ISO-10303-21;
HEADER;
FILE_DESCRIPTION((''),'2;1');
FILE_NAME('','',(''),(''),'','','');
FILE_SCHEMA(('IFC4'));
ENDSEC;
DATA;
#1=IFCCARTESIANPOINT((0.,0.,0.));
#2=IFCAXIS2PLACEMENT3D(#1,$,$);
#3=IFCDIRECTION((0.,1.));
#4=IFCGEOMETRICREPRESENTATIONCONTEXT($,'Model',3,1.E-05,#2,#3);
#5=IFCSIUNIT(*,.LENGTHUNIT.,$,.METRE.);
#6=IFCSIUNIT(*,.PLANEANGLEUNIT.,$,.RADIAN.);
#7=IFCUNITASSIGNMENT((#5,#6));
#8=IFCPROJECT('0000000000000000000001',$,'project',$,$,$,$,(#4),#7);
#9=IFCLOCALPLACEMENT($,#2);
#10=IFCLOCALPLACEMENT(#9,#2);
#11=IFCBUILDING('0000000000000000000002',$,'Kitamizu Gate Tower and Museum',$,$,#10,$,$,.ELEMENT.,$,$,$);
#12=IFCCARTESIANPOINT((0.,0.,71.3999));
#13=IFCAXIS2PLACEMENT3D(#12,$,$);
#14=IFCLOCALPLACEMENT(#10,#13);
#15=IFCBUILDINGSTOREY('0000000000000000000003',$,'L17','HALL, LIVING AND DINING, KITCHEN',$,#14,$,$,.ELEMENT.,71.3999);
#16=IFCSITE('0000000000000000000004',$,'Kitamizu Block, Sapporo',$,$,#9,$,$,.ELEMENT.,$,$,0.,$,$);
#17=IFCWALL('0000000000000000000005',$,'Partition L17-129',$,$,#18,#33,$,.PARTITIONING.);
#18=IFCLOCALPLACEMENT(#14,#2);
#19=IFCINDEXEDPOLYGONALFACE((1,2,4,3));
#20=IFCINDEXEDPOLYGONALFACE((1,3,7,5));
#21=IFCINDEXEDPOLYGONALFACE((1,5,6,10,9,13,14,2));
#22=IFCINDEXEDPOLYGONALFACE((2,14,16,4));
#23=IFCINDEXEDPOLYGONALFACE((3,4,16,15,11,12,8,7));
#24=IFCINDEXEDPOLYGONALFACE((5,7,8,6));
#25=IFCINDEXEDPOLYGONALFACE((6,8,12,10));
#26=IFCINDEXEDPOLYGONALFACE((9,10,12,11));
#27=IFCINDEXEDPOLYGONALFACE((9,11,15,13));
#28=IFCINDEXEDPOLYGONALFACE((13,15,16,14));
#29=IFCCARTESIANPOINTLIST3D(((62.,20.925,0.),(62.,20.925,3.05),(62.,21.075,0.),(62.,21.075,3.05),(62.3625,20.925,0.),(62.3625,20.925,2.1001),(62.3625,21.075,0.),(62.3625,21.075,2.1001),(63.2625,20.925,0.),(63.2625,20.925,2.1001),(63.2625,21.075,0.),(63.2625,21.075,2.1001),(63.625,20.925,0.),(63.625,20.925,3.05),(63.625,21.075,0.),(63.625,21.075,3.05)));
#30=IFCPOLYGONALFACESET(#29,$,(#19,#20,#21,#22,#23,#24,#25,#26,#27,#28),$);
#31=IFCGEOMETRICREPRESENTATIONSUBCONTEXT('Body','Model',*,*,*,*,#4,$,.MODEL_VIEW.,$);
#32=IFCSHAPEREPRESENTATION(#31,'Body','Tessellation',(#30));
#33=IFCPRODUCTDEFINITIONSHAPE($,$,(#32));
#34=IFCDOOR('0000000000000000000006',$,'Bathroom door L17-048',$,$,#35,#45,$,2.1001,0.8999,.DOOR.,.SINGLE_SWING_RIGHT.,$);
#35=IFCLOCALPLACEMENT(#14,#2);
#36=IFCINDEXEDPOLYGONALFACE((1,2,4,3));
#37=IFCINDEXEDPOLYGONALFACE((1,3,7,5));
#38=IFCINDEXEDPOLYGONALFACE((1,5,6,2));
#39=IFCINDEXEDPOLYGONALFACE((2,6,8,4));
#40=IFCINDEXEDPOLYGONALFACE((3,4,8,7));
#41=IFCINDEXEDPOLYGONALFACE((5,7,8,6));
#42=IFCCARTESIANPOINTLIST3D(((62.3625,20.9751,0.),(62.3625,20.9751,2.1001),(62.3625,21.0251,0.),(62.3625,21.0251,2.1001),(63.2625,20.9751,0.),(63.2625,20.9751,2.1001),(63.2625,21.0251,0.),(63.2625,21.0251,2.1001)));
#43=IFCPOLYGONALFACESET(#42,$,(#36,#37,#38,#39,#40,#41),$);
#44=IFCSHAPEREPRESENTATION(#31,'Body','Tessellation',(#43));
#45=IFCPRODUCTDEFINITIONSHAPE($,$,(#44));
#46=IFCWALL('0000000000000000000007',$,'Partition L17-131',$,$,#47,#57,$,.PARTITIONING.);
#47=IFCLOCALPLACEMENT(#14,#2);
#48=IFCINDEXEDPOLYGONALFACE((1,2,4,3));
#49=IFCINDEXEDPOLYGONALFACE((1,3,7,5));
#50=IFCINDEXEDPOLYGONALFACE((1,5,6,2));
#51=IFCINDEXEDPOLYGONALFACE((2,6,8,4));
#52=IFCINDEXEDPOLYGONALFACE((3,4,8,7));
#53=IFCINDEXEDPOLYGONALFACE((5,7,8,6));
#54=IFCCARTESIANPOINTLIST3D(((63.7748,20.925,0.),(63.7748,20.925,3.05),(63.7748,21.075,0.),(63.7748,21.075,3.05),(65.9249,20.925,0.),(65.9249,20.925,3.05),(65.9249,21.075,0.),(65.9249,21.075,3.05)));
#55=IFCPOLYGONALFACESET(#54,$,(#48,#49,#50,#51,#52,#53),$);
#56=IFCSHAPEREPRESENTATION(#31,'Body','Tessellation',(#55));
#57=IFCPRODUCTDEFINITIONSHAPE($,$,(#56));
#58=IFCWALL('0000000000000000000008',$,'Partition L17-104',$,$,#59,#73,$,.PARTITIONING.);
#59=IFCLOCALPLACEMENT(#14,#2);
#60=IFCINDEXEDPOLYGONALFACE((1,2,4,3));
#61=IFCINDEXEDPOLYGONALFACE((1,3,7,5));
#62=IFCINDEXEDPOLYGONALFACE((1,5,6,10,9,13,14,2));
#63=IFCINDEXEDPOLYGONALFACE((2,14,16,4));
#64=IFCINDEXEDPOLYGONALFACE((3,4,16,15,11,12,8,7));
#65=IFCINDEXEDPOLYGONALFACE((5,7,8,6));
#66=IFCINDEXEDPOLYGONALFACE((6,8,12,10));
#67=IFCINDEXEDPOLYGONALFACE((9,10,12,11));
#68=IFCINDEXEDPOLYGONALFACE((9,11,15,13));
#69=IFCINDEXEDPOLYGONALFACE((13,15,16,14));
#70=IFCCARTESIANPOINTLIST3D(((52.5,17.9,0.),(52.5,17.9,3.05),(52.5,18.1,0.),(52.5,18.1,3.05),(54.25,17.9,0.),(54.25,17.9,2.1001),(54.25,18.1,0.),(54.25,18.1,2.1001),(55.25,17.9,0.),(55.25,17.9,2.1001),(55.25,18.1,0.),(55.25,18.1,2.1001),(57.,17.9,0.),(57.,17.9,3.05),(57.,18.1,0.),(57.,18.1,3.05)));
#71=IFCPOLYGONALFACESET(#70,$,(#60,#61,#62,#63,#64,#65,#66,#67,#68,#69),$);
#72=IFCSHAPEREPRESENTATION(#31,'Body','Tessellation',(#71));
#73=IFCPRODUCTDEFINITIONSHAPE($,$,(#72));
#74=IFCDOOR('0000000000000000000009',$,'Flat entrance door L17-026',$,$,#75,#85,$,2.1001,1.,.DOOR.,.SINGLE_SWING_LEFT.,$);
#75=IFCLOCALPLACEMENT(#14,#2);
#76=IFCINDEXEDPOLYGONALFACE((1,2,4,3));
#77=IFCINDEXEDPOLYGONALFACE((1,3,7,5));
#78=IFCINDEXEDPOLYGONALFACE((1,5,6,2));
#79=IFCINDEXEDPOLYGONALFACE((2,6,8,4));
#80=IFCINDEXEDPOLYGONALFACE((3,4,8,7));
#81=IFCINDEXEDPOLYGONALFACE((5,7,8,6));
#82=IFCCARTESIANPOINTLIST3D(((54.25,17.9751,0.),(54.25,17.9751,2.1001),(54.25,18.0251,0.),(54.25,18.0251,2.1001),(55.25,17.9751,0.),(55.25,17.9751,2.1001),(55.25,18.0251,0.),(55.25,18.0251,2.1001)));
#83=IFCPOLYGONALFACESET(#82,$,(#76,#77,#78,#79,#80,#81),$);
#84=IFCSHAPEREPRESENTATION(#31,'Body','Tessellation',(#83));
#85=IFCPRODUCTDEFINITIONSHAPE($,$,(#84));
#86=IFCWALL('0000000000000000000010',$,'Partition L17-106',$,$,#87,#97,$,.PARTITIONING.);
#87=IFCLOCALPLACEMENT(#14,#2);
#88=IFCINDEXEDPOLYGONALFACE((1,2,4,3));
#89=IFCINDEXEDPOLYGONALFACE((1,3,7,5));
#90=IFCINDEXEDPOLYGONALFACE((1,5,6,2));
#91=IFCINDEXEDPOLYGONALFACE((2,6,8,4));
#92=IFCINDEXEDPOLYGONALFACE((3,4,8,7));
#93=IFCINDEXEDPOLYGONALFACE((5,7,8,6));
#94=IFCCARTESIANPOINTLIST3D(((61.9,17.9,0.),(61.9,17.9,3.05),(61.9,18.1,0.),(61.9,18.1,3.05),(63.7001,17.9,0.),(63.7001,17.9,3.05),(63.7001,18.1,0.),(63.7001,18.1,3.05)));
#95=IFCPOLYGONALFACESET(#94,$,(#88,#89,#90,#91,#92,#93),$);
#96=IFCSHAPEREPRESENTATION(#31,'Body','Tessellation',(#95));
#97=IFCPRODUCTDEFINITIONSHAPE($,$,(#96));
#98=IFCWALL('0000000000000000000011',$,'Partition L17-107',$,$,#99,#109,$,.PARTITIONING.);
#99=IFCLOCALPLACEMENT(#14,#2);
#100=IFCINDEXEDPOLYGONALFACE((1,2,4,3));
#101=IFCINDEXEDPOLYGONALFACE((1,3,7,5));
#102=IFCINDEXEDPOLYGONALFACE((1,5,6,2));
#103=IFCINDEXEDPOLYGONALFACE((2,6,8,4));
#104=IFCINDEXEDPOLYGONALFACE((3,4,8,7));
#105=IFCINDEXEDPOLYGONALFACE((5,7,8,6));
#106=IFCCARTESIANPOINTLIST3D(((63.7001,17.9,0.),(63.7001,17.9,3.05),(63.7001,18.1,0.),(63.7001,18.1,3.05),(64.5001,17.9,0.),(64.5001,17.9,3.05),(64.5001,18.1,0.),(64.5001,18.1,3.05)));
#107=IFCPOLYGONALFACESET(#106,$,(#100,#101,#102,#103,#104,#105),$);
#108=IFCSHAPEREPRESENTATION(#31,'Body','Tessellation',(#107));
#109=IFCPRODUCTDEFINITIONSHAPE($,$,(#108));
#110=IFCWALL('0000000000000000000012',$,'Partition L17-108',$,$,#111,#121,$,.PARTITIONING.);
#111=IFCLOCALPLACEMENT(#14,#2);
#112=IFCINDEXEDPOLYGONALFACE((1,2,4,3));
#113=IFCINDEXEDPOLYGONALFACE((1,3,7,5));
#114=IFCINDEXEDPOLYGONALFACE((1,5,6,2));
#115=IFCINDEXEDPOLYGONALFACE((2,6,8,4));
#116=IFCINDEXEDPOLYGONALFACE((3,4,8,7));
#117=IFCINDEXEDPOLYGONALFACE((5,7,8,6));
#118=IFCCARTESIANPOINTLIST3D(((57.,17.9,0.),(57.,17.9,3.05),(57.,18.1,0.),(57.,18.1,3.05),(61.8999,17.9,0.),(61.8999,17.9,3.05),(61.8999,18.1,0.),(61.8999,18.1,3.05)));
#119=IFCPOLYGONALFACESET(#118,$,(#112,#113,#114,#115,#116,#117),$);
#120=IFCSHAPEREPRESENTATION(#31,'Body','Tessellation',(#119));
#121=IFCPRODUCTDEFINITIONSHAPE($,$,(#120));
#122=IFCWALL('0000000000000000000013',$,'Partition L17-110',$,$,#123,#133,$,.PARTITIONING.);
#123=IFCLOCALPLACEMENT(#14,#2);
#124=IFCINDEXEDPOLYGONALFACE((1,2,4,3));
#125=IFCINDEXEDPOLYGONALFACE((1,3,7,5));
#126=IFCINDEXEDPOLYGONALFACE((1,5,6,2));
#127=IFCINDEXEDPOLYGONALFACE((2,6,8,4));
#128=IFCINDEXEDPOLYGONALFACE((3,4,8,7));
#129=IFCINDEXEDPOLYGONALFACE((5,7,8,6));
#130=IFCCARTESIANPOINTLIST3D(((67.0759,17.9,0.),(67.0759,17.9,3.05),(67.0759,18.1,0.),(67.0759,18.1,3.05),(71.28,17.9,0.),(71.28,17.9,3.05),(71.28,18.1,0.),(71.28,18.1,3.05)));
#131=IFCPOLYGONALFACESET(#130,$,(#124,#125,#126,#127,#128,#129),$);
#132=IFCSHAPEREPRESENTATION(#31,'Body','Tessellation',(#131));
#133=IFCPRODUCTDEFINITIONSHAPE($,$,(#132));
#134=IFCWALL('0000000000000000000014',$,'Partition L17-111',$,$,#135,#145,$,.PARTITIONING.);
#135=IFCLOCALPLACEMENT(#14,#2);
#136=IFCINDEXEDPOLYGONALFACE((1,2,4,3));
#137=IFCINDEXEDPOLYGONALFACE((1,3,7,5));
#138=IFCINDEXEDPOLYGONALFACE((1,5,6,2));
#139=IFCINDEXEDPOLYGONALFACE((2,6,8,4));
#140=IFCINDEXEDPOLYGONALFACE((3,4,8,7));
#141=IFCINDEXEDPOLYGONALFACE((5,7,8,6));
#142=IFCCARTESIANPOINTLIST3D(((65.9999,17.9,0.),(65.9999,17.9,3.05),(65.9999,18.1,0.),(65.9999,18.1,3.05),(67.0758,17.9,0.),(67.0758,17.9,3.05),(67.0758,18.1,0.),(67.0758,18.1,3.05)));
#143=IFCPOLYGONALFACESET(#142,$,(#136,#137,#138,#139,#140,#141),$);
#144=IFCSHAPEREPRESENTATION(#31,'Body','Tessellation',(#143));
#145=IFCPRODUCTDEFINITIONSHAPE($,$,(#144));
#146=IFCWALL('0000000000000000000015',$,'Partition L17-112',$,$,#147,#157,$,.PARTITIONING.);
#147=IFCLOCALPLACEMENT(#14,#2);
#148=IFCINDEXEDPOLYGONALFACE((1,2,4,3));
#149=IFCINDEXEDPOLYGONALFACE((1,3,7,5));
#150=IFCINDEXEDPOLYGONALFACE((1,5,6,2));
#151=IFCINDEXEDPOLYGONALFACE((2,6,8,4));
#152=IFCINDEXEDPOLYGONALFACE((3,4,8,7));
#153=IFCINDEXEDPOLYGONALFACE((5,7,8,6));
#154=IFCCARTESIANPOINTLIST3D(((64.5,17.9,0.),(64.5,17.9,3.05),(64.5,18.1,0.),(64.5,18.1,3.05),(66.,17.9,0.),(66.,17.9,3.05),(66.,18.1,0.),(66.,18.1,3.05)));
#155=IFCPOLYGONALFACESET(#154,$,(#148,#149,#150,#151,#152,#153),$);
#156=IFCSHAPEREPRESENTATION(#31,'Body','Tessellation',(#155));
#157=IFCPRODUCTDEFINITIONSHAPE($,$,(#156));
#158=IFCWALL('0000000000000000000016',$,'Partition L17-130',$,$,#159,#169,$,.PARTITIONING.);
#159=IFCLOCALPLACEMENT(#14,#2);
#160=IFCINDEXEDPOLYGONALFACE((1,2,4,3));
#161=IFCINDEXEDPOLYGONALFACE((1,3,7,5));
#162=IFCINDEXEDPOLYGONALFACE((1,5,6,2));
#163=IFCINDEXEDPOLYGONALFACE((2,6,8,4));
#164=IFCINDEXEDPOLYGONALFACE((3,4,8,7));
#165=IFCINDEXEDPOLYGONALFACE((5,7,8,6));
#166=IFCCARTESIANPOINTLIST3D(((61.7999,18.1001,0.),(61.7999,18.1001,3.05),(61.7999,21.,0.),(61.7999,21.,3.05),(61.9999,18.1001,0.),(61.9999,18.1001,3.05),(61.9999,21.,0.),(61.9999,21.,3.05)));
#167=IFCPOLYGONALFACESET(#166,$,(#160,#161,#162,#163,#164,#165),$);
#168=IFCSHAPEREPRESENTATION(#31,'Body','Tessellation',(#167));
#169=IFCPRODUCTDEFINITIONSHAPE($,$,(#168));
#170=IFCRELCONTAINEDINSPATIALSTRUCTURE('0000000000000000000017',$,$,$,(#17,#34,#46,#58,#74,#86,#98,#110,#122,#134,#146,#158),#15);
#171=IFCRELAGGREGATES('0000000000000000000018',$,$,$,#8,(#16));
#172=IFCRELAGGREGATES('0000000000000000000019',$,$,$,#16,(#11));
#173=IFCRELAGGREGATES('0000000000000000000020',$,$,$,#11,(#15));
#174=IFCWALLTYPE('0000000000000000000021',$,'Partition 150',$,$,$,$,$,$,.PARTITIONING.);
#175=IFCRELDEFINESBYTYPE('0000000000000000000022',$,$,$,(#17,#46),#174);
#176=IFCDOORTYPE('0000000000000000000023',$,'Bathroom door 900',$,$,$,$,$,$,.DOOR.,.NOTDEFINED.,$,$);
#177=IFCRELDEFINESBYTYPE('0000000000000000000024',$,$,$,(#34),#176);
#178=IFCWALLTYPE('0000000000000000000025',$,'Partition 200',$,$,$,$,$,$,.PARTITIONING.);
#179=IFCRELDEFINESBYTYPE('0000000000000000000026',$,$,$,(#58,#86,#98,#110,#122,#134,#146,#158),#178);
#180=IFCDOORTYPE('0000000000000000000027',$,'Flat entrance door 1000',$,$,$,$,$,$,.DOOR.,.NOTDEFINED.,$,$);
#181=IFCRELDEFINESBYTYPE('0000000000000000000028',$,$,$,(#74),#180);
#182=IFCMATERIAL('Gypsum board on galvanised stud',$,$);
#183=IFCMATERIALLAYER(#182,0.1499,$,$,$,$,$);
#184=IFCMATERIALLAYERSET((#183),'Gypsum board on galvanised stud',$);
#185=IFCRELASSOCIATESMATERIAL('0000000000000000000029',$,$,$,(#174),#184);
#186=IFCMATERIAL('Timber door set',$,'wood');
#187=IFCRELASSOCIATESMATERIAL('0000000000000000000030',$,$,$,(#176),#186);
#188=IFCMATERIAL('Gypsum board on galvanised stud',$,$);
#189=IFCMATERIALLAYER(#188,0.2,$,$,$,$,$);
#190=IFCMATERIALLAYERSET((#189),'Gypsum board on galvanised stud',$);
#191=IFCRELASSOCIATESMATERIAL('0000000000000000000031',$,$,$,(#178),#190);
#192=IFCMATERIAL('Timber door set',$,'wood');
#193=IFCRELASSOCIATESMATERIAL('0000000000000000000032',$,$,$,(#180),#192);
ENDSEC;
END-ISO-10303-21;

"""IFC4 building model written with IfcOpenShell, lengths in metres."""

from ifc_helpers import new_model, si_unit, direction, frame, frame_2d, origin, place, context, subcontext, project, spatial, rectangle, extrude, material, layer, layer_set, type_object, element, fill, save


model = new_model("IFC4")

# Units and contexts
model_context = context("Model", 3, precision=1e-05, world=origin(), true_north=direction((0.0, 1.0)))
body_context = subcontext(model_context, "Body", "Model", "MODEL_VIEW")
ifc_project = project(units=[si_unit("LENGTHUNIT", "METRE"), si_unit("PLANEANGLEUNIT", "RADIAN")], contexts=[model_context])

# Site, building, storey
site_placement = place(None, origin())
site = spatial("IfcSite", under=ifc_project, at=site_placement, Name="Kitamizu Block, Sapporo", CompositionType="ELEMENT", RefElevation=0.0)
building_placement = place(site_placement, origin())
building = spatial("IfcBuilding", under=site, at=building_placement, Name="Kitamizu Gate Tower and Museum", CompositionType="ELEMENT")
storey_placement = place(building_placement, frame((0.0, 0.0, 71.3999)))
storey = spatial("IfcBuildingStorey", under=building, at=storey_placement, Name="L17", Description="HALL, LIVING AND DINING, KITCHEN", CompositionType="ELEMENT", Elevation=71.3999)

# Shared definitions
ifc_material_1 = material(Name="Gypsum board on galvanised stud")
ifc_layer_1 = layer(ifc_material_1, 0.1499)
ifc_layer_set_1 = layer_set([ifc_layer_1], Name="Gypsum board on galvanised stud")
wall_type_1 = type_object("IfcWallType", Name="Partition 150", PredefinedType="PARTITIONING", material=ifc_layer_set_1)

# Shared definitions
ifc_material_2 = material(Name="Timber door set", Category="wood")
door_type_1 = type_object("IfcDoorType", Name="Bathroom door 900", OperationType="NOTDEFINED", PredefinedType="DOOR", material=ifc_material_2)

# Wall, opening, door
wall_1_placement = place(storey_placement, frame((63.625, 21.0, 0.0), z_axis=(0.0, 0.0, 1.0), x_axis=(-1.0, 0.0, 0.0)))
wall_1 = element("IfcWall", 1, at=wall_1_placement, inside=storey, type_object=wall_type_1, Name="Partition L17-129", PredefinedType="PARTITIONING", context=body_context, shape_type="SweptSolid", body=[
    extrude(rectangle(XDim=1.625, YDim=0.1499, at=frame_2d((0.8125, 0.0))), origin(), (0.0, 0.0, 1.0), 3.05),
])
opening_1_placement = place(wall_1_placement, frame((0.3625, 0.0, 0.0)))
opening_1 = element("IfcOpeningElement", 2, at=opening_1_placement, cuts=wall_1, PredefinedType="OPENING", context=body_context, shape_type="SweptSolid", body=[
    extrude(rectangle(XDim=0.8999, YDim=2.1001, at=frame_2d((0.45, 1.05))), frame((0.0, 0.085, 0.0), z_axis=(0.0, -1.0, 0.0), x_axis=(1.0, 0.0, 0.0)), (0.0, 0.0, 1.0), 0.1699),
])
door_1_placement = place(opening_1_placement, origin())
door_1 = element("IfcDoor", 3, at=door_1_placement, inside=storey, type_object=door_type_1, Name="Bathroom door L17-048", OperationType="SINGLE_SWING_RIGHT", OverallHeight=2.1001, OverallWidth=0.8999, PredefinedType="DOOR", context=body_context, shape_type="SweptSolid", body=[
    extrude(rectangle(XDim=0.8999, YDim=2.1001, at=frame_2d((0.45, 1.05))), frame((0.0, 0.0249, 0.0), z_axis=(0.0, -1.0, 0.0), x_axis=(1.0, 0.0, 0.0)), (0.0, 0.0, 1.0), 0.05),
])
fill(opening_1, door_1)

# Wall
wall_2_placement = place(storey_placement, frame((65.925, 21.0, 0.0), z_axis=(0.0, 0.0, 1.0), x_axis=(-1.0, 0.0, 0.0)))
element("IfcWall", 4, at=wall_2_placement, inside=storey, type_object=wall_type_1, Name="Partition L17-131", PredefinedType="PARTITIONING", context=body_context, shape_type="SweptSolid", body=[
    extrude(rectangle(XDim=2.1501, YDim=0.1499, at=frame_2d((1.0752, 0.0))), origin(), (0.0, 0.0, 1.0), 3.05),
])

# Wall, opening, door
ifc_material_3 = material(Name="Gypsum board on galvanised stud")
ifc_layer_2 = layer(ifc_material_3, 0.2)
ifc_layer_set_2 = layer_set([ifc_layer_2], Name="Gypsum board on galvanised stud")
wall_type_2 = type_object("IfcWallType", Name="Partition 200", PredefinedType="PARTITIONING", material=ifc_layer_set_2)
wall_3_placement = place(storey_placement, frame((57.0, 18.0, 0.0), z_axis=(0.0, 0.0, 1.0), x_axis=(-1.0, 0.0, 0.0)))
wall_3 = element("IfcWall", 5, at=wall_3_placement, inside=storey, type_object=wall_type_2, Name="Partition L17-104", PredefinedType="PARTITIONING", context=body_context, shape_type="SweptSolid", body=[
    extrude(rectangle(XDim=4.5, YDim=0.2, at=frame_2d((2.25, 0.0))), origin(), (0.0, 0.0, 1.0), 3.05),
])
opening_2_placement = place(wall_3_placement, frame((1.75, 0.0, 0.0)))
opening_2 = element("IfcOpeningElement", 6, at=opening_2_placement, cuts=wall_3, PredefinedType="OPENING", context=body_context, shape_type="SweptSolid", body=[
    extrude(rectangle(XDim=1.0, YDim=2.1001, at=frame_2d((0.5, 1.05))), frame((0.0, 0.1099, 0.0), z_axis=(0.0, -1.0, 0.0), x_axis=(1.0, 0.0, 0.0)), (0.0, 0.0, 1.0), 0.22),
])
ifc_material_4 = material(Name="Timber door set", Category="wood")
door_type_2 = type_object("IfcDoorType", Name="Flat entrance door 1000", OperationType="NOTDEFINED", PredefinedType="DOOR", material=ifc_material_4)
door_2_placement = place(opening_2_placement, origin())
door_2 = element("IfcDoor", 7, at=door_2_placement, inside=storey, type_object=door_type_2, Name="Flat entrance door L17-026", OperationType="SINGLE_SWING_LEFT", OverallHeight=2.1001, OverallWidth=1.0, PredefinedType="DOOR", context=body_context, shape_type="SweptSolid", body=[
    extrude(rectangle(XDim=1.0, YDim=2.1001, at=frame_2d((0.5, 1.05))), frame((0.0, 0.0249, 0.0), z_axis=(0.0, -1.0, 0.0), x_axis=(1.0, 0.0, 0.0)), (0.0, 0.0, 1.0), 0.05),
])
fill(opening_2, door_2)

# Walls
wall_4_placement = place(storey_placement, frame((63.7, 18.0, 0.0), z_axis=(0.0, 0.0, 1.0), x_axis=(-1.0, 0.0, 0.0)))
element("IfcWall", 8, at=wall_4_placement, inside=storey, type_object=wall_type_2, Name="Partition L17-106", PredefinedType="PARTITIONING", context=body_context, shape_type="SweptSolid", body=[
    extrude(rectangle(XDim=1.8, YDim=0.2, at=frame_2d((0.8999, 0.0))), origin(), (0.0, 0.0, 1.0), 3.05),
])
wall_5_placement = place(storey_placement, frame((64.5, 18.0, 0.0), z_axis=(0.0, 0.0, 1.0), x_axis=(-1.0, 0.0, 0.0)))
element("IfcWall", 9, at=wall_5_placement, inside=storey, type_object=wall_type_2, Name="Partition L17-107", PredefinedType="PARTITIONING", context=body_context, shape_type="SweptSolid", body=[
    extrude(rectangle(XDim=0.8, YDim=0.2, at=frame_2d((0.3999, 0.0))), origin(), (0.0, 0.0, 1.0), 3.05),
])
wall_6_placement = place(storey_placement, frame((61.8999, 18.0, 0.0), z_axis=(0.0, 0.0, 1.0), x_axis=(-1.0, 0.0, 0.0)))
element("IfcWall", 10, at=wall_6_placement, inside=storey, type_object=wall_type_2, Name="Partition L17-108", PredefinedType="PARTITIONING", context=body_context, shape_type="SweptSolid", body=[
    extrude(rectangle(XDim=4.8999, YDim=0.2, at=frame_2d((2.45, 0.0))), origin(), (0.0, 0.0, 1.0), 3.05),
])
wall_7_placement = place(storey_placement, frame((71.28, 18.0, 0.0), z_axis=(0.0, 0.0, 1.0), x_axis=(-1.0, 0.0, 0.0)))
element("IfcWall", 11, at=wall_7_placement, inside=storey, type_object=wall_type_2, Name="Partition L17-110", PredefinedType="PARTITIONING", context=body_context, shape_type="SweptSolid", body=[
    extrude(rectangle(XDim=4.2041, YDim=0.2, at=frame_2d((2.1021, 0.0))), origin(), (0.0, 0.0, 1.0), 3.05),
])
wall_8_placement = place(storey_placement, frame((67.0759, 18.0, 0.0), z_axis=(0.0, 0.0, 1.0), x_axis=(-1.0, 0.0, 0.0)))
element("IfcWall", 12, at=wall_8_placement, inside=storey, type_object=wall_type_2, Name="Partition L17-111", PredefinedType="PARTITIONING", context=body_context, shape_type="SweptSolid", body=[
    extrude(rectangle(XDim=1.0759, YDim=0.2, at=frame_2d((0.5381, 0.0))), origin(), (0.0, 0.0, 1.0), 3.05),
])
wall_9_placement = place(storey_placement, frame((66.0, 18.0, 0.0), z_axis=(0.0, 0.0, 1.0), x_axis=(-1.0, 0.0, 0.0)))
element("IfcWall", 13, at=wall_9_placement, inside=storey, type_object=wall_type_2, Name="Partition L17-112", PredefinedType="PARTITIONING", context=body_context, shape_type="SweptSolid", body=[
    extrude(rectangle(XDim=1.5, YDim=0.2, at=frame_2d((0.75, 0.0))), origin(), (0.0, 0.0, 1.0), 3.05),
])
wall_10_placement = place(storey_placement, frame((61.8999, 21.0, 0.0), z_axis=(0.0, 0.0, 1.0), x_axis=(0.0, -1.0, 0.0)))
element("IfcWall", 14, at=wall_10_placement, inside=storey, type_object=wall_type_2, Name="Partition L17-130", PredefinedType="PARTITIONING", context=body_context, shape_type="SweptSolid", body=[
    extrude(rectangle(XDim=2.8999, YDim=0.2, at=frame_2d((1.45, 0.0))), origin(), (0.0, 0.0, 1.0), 3.05),
])

save(model, "model.ifc")
